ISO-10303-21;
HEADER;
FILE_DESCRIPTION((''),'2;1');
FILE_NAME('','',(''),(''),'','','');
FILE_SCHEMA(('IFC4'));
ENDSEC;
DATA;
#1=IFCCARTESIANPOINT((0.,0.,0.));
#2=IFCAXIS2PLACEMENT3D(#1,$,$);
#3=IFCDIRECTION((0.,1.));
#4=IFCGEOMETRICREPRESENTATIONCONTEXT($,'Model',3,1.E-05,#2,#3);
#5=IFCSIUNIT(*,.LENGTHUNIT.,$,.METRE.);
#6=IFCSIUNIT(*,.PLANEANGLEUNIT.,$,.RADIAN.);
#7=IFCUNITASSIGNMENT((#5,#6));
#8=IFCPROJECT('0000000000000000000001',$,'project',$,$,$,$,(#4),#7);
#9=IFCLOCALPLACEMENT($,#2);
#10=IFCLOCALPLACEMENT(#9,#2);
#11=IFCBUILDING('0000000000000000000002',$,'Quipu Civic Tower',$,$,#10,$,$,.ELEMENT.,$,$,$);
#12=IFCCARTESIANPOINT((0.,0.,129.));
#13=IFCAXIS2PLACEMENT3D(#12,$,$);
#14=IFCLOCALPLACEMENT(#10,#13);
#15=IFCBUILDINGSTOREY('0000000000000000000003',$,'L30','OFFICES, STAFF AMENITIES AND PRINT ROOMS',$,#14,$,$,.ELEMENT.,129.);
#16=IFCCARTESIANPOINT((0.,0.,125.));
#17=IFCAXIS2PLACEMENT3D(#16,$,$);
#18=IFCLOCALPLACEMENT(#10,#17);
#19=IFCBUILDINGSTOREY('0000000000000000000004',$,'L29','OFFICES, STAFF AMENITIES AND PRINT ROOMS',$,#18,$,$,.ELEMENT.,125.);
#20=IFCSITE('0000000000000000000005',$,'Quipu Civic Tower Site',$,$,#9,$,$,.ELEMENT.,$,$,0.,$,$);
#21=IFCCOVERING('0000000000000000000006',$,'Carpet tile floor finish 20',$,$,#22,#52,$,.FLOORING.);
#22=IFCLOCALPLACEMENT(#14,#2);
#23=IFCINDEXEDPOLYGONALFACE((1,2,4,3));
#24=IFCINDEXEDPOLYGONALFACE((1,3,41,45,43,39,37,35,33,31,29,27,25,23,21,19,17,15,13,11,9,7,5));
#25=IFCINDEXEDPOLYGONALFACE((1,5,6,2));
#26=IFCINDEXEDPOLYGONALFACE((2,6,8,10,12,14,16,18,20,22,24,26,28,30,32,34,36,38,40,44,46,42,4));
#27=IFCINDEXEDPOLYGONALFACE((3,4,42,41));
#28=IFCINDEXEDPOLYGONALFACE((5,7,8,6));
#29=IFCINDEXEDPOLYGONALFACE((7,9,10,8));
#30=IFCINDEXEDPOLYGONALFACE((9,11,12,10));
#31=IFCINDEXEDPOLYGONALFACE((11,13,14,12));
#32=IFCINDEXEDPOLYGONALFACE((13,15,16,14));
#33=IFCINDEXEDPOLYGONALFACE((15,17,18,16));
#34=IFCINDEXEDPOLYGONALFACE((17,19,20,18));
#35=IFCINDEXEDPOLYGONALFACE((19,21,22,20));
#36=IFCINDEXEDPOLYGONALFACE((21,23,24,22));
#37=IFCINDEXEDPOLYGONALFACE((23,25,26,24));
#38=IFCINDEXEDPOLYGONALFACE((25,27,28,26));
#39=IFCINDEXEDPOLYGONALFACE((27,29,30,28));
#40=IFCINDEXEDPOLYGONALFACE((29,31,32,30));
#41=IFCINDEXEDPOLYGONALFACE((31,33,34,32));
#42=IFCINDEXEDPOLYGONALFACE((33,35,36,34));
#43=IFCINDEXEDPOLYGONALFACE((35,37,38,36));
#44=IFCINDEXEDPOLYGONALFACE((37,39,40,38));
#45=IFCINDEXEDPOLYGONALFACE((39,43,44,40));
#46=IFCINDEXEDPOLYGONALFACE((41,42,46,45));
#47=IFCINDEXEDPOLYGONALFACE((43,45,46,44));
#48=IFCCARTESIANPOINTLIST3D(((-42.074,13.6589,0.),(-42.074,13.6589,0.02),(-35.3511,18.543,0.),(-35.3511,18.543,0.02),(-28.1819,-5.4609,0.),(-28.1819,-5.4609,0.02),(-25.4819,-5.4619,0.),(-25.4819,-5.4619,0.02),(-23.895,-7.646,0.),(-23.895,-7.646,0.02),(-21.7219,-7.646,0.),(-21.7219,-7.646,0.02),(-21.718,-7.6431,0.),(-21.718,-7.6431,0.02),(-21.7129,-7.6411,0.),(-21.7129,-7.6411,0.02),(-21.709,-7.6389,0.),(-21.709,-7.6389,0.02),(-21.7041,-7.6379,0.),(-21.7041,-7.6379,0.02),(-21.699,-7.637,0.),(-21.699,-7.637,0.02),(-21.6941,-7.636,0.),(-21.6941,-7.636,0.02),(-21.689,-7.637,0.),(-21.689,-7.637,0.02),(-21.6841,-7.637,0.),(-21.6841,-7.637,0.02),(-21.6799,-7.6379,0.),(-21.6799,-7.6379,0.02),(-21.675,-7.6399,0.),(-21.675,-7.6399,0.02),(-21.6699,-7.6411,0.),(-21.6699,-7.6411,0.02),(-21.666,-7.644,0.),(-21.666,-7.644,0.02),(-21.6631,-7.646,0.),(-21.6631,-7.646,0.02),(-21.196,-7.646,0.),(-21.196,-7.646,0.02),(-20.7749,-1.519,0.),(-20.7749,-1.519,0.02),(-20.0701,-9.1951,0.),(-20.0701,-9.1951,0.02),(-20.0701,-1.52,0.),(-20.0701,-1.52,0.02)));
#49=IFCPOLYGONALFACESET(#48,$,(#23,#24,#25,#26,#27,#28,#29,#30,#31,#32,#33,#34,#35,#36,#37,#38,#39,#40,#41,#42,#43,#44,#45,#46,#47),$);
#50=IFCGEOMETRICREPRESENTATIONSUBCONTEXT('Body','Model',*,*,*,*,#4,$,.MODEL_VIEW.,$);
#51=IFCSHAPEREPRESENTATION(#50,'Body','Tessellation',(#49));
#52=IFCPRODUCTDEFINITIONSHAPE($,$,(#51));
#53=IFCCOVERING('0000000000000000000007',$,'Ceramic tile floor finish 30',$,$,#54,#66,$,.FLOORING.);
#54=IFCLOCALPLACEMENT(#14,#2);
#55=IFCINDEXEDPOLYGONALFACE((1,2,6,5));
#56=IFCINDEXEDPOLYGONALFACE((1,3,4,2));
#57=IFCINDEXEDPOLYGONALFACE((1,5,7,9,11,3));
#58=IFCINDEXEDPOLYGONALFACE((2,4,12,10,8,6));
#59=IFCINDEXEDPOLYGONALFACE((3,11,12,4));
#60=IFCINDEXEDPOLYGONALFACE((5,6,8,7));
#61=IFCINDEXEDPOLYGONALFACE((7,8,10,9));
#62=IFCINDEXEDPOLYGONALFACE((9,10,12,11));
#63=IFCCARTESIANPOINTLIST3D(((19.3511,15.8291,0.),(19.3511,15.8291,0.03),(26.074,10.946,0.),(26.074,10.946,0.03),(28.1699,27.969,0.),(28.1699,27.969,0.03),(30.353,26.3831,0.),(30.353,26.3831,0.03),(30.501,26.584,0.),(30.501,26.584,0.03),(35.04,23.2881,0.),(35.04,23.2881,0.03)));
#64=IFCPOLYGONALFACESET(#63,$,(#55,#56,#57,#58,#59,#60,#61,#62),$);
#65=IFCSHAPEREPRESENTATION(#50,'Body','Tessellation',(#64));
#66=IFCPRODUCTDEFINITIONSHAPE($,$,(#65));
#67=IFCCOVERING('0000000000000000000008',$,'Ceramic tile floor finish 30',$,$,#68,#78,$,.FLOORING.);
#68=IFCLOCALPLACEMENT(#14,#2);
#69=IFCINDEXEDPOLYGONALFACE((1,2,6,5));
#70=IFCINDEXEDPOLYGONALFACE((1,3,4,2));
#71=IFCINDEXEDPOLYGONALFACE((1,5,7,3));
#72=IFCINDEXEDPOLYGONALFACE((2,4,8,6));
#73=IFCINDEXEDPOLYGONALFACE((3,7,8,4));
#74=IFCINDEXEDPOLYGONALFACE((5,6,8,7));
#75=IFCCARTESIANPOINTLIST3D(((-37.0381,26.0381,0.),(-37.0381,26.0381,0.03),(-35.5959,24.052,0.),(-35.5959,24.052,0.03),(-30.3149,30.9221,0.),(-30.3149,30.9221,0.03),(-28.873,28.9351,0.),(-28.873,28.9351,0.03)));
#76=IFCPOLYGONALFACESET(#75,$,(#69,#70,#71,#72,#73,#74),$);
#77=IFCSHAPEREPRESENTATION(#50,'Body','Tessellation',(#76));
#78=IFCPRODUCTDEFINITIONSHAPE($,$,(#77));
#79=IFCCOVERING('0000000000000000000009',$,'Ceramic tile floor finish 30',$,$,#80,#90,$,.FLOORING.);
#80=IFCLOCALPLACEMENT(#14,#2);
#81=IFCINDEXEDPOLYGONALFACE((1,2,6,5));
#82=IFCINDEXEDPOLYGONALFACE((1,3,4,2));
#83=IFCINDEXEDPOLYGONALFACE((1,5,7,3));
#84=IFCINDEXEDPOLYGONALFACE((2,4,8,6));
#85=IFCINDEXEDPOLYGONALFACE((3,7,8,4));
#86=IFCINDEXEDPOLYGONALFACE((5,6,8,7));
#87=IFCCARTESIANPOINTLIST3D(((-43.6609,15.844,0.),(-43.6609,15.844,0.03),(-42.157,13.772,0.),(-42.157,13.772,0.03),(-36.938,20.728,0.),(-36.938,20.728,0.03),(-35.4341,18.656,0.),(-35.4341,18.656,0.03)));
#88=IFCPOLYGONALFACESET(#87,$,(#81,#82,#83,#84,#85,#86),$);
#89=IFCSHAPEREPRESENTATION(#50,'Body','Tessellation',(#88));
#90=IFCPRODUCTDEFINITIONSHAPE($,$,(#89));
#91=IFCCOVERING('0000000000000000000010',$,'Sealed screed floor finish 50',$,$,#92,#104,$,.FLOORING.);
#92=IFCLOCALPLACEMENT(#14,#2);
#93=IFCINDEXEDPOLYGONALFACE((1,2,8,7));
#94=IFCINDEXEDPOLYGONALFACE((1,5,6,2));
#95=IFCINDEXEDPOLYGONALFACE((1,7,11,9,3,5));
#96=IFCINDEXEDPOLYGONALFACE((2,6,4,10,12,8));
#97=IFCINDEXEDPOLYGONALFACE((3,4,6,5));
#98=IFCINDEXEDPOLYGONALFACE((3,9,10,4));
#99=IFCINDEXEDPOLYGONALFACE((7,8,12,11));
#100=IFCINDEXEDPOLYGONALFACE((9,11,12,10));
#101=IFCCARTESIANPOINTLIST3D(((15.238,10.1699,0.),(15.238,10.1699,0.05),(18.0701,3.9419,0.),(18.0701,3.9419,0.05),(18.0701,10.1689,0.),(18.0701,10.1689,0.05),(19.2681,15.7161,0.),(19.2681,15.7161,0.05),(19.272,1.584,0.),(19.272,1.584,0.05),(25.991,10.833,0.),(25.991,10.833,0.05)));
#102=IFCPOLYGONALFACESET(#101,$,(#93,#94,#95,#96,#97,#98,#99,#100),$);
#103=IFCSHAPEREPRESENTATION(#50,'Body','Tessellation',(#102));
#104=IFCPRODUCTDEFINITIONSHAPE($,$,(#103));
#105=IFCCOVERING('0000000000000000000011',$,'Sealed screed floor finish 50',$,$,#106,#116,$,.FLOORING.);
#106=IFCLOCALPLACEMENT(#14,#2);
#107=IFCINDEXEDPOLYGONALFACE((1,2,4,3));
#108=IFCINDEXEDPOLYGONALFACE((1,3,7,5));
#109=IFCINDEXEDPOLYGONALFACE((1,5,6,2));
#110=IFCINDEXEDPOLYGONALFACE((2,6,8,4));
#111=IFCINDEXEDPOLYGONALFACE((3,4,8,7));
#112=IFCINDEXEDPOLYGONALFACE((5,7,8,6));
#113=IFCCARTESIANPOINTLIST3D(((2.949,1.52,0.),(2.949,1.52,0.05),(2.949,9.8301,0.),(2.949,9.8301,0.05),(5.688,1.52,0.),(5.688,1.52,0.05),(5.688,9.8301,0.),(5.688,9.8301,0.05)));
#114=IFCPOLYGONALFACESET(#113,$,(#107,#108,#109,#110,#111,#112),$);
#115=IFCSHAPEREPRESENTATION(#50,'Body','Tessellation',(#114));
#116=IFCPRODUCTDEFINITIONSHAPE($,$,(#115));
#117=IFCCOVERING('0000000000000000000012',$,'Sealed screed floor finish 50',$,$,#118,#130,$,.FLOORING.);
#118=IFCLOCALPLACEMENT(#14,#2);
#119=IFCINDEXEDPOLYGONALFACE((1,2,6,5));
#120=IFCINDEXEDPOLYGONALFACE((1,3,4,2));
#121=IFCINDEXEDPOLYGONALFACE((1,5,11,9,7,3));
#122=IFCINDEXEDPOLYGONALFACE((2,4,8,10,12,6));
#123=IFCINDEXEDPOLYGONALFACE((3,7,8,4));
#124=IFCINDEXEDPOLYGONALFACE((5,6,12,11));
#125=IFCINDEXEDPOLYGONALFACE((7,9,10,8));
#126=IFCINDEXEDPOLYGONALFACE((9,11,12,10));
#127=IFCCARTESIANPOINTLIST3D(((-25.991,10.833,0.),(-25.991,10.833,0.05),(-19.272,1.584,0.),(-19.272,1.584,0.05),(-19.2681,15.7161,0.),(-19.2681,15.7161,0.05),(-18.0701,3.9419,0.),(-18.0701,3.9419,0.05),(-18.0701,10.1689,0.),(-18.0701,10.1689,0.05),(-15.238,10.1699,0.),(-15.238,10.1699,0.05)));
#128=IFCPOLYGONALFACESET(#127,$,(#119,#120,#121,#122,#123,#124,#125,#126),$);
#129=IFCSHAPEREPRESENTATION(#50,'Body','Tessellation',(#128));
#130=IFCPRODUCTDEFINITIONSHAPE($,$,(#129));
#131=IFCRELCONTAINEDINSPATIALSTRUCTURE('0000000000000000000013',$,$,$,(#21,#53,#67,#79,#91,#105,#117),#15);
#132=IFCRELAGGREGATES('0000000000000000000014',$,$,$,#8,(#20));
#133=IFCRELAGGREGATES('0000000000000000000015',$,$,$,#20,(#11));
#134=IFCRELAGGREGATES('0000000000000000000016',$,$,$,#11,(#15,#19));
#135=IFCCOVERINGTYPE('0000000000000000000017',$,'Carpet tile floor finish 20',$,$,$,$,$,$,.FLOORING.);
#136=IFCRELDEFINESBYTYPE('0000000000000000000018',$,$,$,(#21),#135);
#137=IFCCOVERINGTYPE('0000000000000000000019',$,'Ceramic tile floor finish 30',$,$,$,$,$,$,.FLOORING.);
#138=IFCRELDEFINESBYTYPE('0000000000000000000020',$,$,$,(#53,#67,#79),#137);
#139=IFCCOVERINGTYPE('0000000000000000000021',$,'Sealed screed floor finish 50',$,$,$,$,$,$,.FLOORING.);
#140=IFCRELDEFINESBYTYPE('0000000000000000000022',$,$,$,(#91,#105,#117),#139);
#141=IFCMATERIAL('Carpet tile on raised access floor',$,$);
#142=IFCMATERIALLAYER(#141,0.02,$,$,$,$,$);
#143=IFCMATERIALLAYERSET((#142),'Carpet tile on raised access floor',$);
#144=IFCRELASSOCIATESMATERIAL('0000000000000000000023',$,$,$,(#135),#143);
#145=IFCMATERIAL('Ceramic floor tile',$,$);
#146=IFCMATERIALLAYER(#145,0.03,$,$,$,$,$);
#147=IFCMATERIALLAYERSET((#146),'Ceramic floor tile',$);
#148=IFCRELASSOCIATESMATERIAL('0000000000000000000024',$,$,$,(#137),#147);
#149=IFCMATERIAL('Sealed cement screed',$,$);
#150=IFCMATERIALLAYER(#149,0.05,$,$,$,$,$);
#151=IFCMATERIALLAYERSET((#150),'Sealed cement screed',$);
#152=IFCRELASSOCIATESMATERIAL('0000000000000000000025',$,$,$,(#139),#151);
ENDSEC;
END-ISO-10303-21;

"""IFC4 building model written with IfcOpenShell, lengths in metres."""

from ifc_helpers import new_model, si_unit, direction, frame, origin, place, context, subcontext, project, spatial, polyline, outline, extrude, material, layer, layer_set, type_object, element, save


model = new_model("IFC4")

# Units and contexts
model_context = context("Model", 3, precision=1e-05, world=origin(), true_north=direction((0.0, 1.0)))
body_context = subcontext(model_context, "Body", "Model", "MODEL_VIEW")
ifc_project = project(units=[si_unit("LENGTHUNIT", "METRE"), si_unit("PLANEANGLEUNIT", "RADIAN")], contexts=[model_context])

# Site, building, storey
site_placement = place(None, origin())
site = spatial("IfcSite", under=ifc_project, at=site_placement, Name="Quipu Civic Tower Site", CompositionType="ELEMENT", RefElevation=0.0)
building_placement = place(site_placement, origin())
building = spatial("IfcBuilding", under=site, at=building_placement, Name="Quipu Civic Tower", CompositionType="ELEMENT")
storey_1_placement = place(building_placement, frame((0.0, 0.0, 129.0)))
storey_1 = spatial("IfcBuildingStorey", under=building, at=storey_1_placement, Name="L30", Description="OFFICES, STAFF AMENITIES AND PRINT ROOMS", CompositionType="ELEMENT", Elevation=129.0)

# Shared definitions
storey_2_placement = place(building_placement, frame((0.0, 0.0, 125.0)))
storey_2 = spatial("IfcBuildingStorey", under=building, at=storey_2_placement, Name="L29", Description="OFFICES, STAFF AMENITIES AND PRINT ROOMS", CompositionType="ELEMENT", Elevation=125.0)

# Coverings
ifc_material_1 = material(Name="Carpet tile on raised access floor")
ifc_layer_1 = layer(ifc_material_1, 0.02)
ifc_layer_set_1 = layer_set([ifc_layer_1], Name="Carpet tile on raised access floor")
covering_type_1 = type_object("IfcCoveringType", Name="Carpet tile floor finish 20", PredefinedType="FLOORING", material=ifc_layer_set_1)
covering_1_placement = place(storey_1_placement, origin())
element("IfcCovering", 1, at=covering_1_placement, inside=storey_1, type_object=covering_type_1, Name="Carpet tile floor finish 20", PredefinedType="FLOORING", context=body_context, shape_type="SweptSolid", body=[
    extrude(outline(polyline([(-42.074, 13.6589), (-35.3511, 18.543), (-20.7749, -1.519), (-20.0701, -1.52), (-20.0701, -9.1951), (-21.196, -7.646), (-21.6631, -7.646), (-21.666, -7.644), (-21.6699, -7.6411), (-21.675, -7.6399), (-21.6799, -7.6379), (-21.6841, -7.637), (-21.689, -7.637), (-21.6941, -7.636), (-21.699, -7.637), (-21.7041, -7.6379), (-21.709, -7.6389), (-21.7129, -7.6411), (-21.718, -7.6431), (-21.7219, -7.646), (-21.7219, -7.646), (-23.895, -7.646), (-25.4819, -5.4619), (-28.1819, -5.4609), (-42.074, 13.6589)])), origin(), (0.0, 0.0, 1.0), 0.02),
])
ifc_material_2 = material(Name="Ceramic floor tile")
ifc_layer_2 = layer(ifc_material_2, 0.03)
ifc_layer_set_2 = layer_set([ifc_layer_2], Name="Ceramic floor tile")
covering_type_2 = type_object("IfcCoveringType", Name="Ceramic tile floor finish 30", PredefinedType="FLOORING", material=ifc_layer_set_2)
covering_2_placement = place(storey_1_placement, origin())
element("IfcCovering", 2, at=covering_2_placement, inside=storey_1, type_object=covering_type_2, Name="Ceramic tile floor finish 30", PredefinedType="FLOORING", context=body_context, shape_type="SweptSolid", body=[
    extrude(outline(polyline([(19.3511, 15.8291), (28.1699, 27.969), (30.353, 26.3831), (30.501, 26.584), (35.04, 23.2881), (26.074, 10.946), (19.3511, 15.8291)])), origin(), (0.0, 0.0, 1.0), 0.03),
])
covering_3_placement = place(storey_1_placement, origin())
element("IfcCovering", 3, at=covering_3_placement, inside=storey_1, type_object=covering_type_2, Name="Ceramic tile floor finish 30", PredefinedType="FLOORING", context=body_context, shape_type="SweptSolid", body=[
    extrude(outline(polyline([(-37.0381, 26.0381), (-30.3149, 30.9221), (-28.873, 28.9351), (-35.5959, 24.052), (-37.0381, 26.0381)])), origin(), (0.0, 0.0, 1.0), 0.03),
])
covering_4_placement = place(storey_1_placement, origin())
element("IfcCovering", 4, at=covering_4_placement, inside=storey_1, type_object=covering_type_2, Name="Ceramic tile floor finish 30", PredefinedType="FLOORING", context=body_context, shape_type="SweptSolid", body=[
    extrude(outline(polyline([(-43.6609, 15.844), (-36.938, 20.728), (-35.4341, 18.656), (-42.157, 13.772), (-43.6609, 15.844)])), origin(), (0.0, 0.0, 1.0), 0.03),
])
ifc_material_3 = material(Name="Sealed cement screed")
ifc_layer_3 = layer(ifc_material_3, 0.05)
ifc_layer_set_3 = layer_set([ifc_layer_3], Name="Sealed cement screed")
covering_type_3 = type_object("IfcCoveringType", Name="Sealed screed floor finish 50", PredefinedType="FLOORING", material=ifc_layer_set_3)
covering_5_placement = place(storey_1_placement, origin())
element("IfcCovering", 5, at=covering_5_placement, inside=storey_1, type_object=covering_type_3, Name="Sealed screed floor finish 50", PredefinedType="FLOORING", context=body_context, shape_type="SweptSolid", body=[
    extrude(outline(polyline([(15.238, 10.1699), (19.2681, 15.7161), (25.991, 10.833), (19.272, 1.584), (18.0701, 3.9419), (18.0701, 10.1689), (15.238, 10.1699)])), origin(), (0.0, 0.0, 1.0), 0.05),
])
covering_6_placement = place(storey_1_placement, origin())
element("IfcCovering", 6, at=covering_6_placement, inside=storey_1, type_object=covering_type_3, Name="Sealed screed floor finish 50", PredefinedType="FLOORING", context=body_context, shape_type="SweptSolid", body=[
    extrude(outline(polyline([(2.949, 1.52), (2.949, 9.8301), (5.688, 9.8301), (5.688, 1.52), (2.949, 1.52)])), origin(), (0.0, 0.0, 1.0), 0.05),
])
covering_7_placement = place(storey_1_placement, origin())
element("IfcCovering", 7, at=covering_7_placement, inside=storey_1, type_object=covering_type_3, Name="Sealed screed floor finish 50", PredefinedType="FLOORING", context=body_context, shape_type="SweptSolid", body=[
    extrude(outline(polyline([(-25.991, 10.833), (-19.2681, 15.7161), (-15.238, 10.1699), (-18.0701, 10.1689), (-18.0701, 3.9419), (-19.272, 1.584), (-25.991, 10.833)])), origin(), (0.0, 0.0, 1.0), 0.05),
])

save(model, "model.ifc")
